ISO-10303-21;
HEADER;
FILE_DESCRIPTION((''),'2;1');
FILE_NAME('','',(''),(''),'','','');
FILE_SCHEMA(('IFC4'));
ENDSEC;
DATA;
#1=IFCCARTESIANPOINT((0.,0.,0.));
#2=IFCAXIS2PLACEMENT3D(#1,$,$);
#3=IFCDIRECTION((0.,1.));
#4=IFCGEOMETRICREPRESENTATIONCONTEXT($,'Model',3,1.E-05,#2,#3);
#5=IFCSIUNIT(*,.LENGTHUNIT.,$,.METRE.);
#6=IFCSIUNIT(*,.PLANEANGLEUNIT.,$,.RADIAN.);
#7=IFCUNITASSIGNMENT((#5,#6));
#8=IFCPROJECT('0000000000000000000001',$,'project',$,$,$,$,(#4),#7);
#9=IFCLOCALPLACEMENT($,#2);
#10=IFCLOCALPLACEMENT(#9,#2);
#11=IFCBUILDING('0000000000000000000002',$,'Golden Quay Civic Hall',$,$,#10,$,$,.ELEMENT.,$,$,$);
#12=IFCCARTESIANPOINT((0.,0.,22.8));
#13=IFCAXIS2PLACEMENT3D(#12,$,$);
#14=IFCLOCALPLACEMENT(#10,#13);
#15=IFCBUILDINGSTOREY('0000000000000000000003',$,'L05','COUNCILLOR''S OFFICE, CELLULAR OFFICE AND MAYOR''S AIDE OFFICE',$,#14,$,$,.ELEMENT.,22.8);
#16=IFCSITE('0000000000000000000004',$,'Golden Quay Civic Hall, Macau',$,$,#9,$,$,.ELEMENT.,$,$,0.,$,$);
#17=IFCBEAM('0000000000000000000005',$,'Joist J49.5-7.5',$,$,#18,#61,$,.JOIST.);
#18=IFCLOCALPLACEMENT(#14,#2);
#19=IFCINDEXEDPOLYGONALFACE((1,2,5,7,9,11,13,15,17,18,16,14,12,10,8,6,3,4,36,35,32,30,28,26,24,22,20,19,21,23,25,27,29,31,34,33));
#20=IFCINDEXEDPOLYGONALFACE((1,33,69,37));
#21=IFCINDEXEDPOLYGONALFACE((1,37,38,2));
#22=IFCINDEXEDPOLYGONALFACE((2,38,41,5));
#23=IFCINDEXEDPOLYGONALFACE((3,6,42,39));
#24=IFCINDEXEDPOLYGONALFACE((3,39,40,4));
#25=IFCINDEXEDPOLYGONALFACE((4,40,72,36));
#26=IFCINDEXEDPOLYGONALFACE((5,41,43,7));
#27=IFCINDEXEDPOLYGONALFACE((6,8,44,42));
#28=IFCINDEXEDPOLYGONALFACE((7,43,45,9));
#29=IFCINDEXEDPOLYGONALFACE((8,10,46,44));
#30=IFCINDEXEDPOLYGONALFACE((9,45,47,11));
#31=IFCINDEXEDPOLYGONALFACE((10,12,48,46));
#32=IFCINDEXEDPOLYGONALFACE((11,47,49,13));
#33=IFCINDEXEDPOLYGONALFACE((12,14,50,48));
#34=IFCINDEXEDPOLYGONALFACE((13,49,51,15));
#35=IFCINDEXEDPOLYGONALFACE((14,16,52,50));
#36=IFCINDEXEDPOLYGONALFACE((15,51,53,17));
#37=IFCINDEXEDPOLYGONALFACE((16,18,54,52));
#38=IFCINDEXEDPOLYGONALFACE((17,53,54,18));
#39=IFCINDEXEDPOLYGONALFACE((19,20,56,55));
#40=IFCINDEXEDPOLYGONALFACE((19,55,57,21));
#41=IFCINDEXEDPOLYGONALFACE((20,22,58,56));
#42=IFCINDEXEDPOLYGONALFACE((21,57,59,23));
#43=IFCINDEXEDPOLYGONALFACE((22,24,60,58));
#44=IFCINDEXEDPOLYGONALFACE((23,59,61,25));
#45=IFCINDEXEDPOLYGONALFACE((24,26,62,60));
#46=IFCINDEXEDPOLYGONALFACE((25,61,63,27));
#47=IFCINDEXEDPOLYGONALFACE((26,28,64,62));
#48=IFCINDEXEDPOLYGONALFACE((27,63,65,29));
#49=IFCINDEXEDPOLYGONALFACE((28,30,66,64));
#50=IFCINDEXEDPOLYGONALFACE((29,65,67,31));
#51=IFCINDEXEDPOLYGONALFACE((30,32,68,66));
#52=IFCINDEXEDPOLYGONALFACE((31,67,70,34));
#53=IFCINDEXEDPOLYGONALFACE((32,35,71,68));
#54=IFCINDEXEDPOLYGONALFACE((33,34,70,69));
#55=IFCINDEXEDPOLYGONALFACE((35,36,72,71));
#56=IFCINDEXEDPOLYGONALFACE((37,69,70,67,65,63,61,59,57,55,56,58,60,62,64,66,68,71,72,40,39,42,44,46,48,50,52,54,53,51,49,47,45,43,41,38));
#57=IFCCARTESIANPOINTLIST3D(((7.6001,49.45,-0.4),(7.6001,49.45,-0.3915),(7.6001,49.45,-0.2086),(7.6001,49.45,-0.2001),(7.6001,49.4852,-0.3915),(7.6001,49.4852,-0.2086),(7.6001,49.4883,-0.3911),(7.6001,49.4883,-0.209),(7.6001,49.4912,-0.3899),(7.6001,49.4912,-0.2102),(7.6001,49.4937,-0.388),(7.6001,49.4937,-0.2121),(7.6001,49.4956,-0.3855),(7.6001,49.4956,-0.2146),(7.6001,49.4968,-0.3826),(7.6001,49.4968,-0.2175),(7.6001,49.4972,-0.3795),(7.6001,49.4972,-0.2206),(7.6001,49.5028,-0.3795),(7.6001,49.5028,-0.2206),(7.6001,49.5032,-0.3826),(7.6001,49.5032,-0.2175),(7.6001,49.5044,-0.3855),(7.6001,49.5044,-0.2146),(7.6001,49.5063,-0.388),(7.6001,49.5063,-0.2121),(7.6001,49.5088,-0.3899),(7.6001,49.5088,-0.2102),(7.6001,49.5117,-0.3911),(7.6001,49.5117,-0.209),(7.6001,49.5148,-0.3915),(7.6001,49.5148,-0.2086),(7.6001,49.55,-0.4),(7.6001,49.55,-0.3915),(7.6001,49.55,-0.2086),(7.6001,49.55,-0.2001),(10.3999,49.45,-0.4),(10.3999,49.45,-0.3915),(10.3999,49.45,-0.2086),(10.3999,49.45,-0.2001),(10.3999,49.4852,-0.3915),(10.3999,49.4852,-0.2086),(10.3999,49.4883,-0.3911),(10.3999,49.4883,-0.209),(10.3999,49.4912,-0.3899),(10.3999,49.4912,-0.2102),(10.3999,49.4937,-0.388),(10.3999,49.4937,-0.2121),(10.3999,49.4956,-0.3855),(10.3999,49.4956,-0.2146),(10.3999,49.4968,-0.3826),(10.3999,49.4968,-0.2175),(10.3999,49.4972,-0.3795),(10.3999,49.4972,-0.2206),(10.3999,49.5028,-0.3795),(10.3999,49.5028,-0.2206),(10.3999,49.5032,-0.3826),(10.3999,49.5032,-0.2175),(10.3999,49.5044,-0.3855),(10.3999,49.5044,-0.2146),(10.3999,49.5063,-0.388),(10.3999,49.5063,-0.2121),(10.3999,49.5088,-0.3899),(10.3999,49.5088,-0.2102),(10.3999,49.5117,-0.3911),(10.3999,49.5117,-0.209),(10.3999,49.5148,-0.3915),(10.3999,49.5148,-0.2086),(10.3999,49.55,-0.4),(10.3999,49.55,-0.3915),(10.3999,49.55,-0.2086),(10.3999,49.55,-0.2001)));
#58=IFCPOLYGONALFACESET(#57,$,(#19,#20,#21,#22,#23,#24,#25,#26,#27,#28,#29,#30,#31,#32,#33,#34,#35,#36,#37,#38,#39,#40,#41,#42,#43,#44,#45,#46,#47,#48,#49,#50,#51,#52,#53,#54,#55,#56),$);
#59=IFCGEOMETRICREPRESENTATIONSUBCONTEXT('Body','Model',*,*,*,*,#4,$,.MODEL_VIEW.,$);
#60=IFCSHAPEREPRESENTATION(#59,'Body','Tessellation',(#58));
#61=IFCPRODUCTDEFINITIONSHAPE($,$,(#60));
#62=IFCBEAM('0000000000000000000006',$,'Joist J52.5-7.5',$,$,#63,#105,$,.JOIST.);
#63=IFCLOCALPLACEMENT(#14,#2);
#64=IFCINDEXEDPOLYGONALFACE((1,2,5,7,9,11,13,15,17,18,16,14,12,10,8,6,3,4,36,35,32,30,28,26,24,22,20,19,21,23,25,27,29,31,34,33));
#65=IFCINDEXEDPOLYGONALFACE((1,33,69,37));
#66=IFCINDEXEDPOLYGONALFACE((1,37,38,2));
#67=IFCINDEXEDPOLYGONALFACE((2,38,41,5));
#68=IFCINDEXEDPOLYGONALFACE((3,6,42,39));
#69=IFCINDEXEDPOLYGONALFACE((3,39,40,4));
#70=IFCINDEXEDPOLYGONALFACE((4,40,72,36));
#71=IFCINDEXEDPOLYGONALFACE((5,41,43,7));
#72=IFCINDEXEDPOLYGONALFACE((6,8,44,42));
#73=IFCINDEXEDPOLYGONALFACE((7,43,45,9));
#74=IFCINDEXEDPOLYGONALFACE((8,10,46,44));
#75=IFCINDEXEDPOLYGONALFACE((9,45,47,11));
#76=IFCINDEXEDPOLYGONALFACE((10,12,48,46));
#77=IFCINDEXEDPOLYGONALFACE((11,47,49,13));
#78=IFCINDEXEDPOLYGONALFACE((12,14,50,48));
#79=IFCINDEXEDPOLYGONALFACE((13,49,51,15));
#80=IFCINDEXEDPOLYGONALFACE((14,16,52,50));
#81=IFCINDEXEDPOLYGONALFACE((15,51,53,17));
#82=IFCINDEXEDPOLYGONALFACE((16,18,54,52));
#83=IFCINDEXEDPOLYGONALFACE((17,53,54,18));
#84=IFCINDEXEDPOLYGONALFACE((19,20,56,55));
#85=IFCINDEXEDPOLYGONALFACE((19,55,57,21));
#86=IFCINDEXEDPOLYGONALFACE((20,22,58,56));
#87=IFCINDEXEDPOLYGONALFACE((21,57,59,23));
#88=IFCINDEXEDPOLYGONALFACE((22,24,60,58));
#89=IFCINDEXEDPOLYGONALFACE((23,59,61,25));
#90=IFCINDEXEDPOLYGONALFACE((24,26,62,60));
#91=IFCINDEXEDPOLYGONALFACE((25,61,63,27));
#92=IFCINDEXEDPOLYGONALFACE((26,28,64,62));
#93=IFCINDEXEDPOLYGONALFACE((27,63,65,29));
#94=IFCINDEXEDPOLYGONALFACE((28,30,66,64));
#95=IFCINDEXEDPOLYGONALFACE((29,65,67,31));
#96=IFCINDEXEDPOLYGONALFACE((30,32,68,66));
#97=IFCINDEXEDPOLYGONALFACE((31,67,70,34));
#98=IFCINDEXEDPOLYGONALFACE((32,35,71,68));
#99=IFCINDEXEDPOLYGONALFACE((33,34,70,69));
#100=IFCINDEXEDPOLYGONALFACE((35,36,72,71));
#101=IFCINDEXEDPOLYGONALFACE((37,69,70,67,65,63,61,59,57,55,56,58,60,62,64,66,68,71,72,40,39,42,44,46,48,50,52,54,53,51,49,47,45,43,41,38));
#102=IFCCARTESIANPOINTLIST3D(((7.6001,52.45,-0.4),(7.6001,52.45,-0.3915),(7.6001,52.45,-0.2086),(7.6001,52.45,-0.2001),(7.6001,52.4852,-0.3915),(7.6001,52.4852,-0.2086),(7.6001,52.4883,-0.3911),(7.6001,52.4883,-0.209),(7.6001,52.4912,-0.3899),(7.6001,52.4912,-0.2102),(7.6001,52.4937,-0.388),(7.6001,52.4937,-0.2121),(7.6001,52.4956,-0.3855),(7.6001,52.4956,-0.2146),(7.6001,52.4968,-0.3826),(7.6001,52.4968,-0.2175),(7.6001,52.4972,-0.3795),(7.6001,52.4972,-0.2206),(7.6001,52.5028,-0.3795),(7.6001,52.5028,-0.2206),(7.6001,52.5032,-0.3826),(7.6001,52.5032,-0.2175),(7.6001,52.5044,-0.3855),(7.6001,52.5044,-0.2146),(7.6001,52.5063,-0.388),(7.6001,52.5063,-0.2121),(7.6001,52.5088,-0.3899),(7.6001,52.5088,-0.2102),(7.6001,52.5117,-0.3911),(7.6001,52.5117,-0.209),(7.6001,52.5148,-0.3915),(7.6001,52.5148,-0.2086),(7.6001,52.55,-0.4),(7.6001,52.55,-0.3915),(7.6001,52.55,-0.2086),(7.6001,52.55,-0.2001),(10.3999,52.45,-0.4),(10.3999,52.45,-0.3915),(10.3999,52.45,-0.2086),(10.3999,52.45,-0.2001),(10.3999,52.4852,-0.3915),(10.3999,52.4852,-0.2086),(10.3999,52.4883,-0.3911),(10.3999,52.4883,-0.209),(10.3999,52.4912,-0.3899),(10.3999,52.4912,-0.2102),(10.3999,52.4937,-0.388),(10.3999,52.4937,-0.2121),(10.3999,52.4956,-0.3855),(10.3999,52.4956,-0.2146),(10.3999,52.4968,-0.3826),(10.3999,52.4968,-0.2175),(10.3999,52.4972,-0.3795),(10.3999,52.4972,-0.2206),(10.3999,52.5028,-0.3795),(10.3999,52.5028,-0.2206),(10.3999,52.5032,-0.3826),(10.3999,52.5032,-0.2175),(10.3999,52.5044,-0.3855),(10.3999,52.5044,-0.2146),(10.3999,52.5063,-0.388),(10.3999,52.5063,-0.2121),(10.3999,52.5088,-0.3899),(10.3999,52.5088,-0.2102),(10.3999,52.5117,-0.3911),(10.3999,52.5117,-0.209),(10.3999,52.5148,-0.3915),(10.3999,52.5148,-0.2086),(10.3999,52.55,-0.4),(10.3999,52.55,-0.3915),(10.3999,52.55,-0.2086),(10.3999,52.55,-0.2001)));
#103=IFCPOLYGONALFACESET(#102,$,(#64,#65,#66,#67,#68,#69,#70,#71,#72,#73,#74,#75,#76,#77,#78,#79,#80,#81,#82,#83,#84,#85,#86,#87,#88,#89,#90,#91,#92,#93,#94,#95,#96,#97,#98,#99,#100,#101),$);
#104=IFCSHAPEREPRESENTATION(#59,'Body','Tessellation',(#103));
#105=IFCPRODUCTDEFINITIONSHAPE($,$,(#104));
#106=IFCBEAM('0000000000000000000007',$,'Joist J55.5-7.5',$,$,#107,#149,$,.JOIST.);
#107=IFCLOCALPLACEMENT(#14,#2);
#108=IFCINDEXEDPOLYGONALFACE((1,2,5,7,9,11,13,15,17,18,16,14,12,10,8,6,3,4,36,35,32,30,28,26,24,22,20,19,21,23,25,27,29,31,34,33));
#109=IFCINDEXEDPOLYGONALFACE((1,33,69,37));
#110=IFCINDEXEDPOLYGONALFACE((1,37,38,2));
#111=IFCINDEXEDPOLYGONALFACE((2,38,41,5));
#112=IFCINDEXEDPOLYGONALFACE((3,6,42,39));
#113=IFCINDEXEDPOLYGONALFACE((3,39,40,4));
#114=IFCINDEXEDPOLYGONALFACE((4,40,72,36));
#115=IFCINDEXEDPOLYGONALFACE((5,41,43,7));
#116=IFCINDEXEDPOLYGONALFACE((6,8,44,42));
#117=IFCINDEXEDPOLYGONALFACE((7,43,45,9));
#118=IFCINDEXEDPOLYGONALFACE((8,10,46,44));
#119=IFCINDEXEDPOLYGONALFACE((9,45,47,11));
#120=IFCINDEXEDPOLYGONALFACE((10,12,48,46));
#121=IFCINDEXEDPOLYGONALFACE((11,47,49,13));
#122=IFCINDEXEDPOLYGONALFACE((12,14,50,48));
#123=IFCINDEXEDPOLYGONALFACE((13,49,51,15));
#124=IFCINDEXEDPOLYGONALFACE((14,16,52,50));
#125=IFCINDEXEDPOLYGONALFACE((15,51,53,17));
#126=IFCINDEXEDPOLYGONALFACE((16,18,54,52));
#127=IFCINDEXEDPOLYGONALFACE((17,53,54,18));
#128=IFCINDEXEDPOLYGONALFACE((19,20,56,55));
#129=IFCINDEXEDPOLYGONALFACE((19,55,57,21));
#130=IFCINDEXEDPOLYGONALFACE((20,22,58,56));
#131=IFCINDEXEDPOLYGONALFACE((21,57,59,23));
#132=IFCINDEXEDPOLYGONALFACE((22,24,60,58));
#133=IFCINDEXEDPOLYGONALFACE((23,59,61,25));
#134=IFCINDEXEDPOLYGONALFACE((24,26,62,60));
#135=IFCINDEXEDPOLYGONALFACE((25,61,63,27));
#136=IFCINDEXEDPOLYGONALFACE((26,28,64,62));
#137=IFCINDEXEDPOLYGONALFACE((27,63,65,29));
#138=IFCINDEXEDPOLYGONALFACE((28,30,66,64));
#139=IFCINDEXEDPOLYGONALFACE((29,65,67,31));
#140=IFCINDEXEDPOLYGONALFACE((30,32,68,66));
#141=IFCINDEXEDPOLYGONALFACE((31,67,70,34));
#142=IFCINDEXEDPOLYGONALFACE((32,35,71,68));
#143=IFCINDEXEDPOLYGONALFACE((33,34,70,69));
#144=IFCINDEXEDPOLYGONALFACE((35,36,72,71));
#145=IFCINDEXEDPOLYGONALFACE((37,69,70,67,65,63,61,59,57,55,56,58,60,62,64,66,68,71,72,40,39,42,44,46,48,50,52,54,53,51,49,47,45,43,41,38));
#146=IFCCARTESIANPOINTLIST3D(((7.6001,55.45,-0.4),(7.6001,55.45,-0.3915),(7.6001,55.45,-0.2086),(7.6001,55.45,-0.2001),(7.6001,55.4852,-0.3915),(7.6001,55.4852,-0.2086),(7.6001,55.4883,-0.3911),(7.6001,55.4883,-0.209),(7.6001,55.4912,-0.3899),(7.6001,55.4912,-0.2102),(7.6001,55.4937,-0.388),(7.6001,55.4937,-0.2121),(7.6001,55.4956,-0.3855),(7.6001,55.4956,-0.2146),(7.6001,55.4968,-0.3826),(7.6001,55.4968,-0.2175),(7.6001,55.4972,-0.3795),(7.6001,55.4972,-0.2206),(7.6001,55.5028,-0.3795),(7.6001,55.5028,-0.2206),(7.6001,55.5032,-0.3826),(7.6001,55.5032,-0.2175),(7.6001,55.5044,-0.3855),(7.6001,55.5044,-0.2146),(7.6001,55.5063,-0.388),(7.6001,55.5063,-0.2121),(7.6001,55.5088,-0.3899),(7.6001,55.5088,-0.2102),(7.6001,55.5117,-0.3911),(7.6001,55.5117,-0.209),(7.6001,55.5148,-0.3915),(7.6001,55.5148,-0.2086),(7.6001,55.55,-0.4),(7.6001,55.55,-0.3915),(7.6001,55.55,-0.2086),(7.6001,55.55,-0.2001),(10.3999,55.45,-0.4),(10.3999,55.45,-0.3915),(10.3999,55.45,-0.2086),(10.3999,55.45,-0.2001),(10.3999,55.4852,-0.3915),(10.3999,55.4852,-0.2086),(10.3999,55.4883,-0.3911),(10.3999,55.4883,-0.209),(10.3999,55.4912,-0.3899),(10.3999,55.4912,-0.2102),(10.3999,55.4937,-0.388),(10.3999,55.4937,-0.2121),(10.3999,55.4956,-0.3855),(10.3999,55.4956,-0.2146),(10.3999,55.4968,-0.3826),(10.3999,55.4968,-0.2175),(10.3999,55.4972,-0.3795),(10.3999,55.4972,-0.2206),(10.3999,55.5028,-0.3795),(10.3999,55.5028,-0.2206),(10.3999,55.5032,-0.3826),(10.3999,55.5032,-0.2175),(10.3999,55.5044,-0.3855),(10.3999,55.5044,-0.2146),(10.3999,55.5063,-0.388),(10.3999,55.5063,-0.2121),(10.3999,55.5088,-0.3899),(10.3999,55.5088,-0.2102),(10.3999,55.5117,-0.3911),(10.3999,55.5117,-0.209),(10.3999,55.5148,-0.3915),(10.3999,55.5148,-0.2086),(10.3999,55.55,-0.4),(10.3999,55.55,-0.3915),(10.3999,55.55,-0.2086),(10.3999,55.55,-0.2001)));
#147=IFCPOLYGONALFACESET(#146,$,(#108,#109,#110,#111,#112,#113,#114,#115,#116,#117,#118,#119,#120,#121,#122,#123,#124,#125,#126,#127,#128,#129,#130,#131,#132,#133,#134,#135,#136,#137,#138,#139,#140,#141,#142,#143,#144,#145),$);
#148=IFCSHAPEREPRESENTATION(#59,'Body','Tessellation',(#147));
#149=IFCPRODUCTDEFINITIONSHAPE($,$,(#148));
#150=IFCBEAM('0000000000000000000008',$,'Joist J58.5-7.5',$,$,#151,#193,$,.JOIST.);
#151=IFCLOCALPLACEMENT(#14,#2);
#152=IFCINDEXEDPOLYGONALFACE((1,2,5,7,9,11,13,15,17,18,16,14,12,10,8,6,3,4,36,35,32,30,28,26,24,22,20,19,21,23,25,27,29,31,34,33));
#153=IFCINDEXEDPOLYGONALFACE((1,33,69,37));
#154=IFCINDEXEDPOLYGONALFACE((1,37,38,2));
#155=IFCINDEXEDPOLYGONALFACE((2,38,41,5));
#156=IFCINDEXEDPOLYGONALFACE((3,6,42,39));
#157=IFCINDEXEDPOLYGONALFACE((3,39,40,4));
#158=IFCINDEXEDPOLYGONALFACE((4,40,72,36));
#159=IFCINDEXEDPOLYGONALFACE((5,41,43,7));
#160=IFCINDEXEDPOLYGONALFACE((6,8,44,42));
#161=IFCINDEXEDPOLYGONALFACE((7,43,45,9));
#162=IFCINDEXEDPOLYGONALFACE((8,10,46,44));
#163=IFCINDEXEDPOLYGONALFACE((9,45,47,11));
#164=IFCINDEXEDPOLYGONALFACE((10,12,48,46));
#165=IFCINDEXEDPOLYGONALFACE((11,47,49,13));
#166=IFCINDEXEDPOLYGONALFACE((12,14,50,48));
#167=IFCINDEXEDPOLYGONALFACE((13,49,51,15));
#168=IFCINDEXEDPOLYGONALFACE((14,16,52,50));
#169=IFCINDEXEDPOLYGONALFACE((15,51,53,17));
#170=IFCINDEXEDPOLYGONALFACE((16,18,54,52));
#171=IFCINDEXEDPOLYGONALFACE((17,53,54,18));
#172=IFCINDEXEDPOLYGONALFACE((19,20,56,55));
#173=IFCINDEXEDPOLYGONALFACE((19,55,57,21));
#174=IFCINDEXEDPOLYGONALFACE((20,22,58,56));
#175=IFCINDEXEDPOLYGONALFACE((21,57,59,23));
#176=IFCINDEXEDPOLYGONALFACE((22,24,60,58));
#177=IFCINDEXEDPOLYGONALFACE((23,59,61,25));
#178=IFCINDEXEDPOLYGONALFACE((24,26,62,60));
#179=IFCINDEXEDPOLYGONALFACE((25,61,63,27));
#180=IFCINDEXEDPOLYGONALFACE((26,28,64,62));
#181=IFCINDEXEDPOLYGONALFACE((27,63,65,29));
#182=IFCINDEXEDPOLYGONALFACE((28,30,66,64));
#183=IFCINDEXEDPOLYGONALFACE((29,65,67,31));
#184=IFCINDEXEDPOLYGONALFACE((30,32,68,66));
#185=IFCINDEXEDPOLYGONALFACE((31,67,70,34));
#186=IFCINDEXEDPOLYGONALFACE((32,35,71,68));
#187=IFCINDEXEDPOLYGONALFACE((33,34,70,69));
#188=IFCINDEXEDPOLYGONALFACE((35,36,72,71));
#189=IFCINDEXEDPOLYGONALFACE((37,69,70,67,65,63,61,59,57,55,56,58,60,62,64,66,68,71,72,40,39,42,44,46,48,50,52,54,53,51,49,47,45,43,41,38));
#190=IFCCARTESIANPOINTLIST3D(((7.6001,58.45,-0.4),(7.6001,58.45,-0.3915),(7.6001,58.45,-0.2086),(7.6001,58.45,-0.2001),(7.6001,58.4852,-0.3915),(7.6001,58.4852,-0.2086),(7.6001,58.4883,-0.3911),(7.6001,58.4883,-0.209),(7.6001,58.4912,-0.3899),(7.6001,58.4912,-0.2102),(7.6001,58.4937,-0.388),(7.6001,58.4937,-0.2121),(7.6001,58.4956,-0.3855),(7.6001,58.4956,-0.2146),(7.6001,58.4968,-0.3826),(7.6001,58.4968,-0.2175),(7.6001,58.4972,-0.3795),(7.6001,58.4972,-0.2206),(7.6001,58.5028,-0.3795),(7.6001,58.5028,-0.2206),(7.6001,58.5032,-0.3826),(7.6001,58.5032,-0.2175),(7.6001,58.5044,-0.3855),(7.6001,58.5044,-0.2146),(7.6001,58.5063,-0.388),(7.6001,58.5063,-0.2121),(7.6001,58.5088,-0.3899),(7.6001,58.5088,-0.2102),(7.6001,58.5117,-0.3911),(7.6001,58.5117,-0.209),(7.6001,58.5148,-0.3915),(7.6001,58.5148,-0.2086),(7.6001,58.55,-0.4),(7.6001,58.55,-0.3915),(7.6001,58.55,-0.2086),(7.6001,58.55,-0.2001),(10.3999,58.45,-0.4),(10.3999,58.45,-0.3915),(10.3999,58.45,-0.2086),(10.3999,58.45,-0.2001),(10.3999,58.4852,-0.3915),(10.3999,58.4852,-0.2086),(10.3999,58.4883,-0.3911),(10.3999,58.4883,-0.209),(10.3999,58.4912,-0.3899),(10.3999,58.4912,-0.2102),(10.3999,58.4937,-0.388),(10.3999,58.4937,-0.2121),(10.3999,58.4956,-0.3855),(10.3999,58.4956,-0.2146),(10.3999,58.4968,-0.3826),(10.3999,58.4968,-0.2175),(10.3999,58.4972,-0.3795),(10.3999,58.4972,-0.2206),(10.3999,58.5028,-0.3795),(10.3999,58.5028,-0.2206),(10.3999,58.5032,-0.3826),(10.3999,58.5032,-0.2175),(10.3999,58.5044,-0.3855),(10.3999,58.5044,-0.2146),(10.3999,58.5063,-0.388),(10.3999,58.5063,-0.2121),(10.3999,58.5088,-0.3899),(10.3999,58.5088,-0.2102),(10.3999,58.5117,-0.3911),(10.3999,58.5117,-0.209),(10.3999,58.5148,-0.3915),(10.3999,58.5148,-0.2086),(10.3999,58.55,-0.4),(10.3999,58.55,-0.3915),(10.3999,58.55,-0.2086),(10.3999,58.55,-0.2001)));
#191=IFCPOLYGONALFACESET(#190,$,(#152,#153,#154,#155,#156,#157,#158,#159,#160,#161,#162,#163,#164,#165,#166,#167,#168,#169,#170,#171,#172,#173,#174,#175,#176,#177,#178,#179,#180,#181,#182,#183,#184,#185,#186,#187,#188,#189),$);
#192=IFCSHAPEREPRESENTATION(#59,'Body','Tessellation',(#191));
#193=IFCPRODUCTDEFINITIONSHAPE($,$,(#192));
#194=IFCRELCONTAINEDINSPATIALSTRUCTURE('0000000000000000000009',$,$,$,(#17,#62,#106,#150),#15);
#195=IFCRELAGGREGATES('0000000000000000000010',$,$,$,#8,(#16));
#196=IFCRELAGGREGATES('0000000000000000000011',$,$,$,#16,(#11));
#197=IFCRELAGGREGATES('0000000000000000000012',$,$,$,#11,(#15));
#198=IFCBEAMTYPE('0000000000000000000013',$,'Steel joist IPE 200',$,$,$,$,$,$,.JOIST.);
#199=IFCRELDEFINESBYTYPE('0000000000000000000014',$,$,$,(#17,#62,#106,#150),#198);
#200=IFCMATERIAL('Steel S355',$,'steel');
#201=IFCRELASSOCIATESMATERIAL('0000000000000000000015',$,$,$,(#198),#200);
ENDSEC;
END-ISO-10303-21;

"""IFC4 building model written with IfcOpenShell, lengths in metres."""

from ifc_helpers import new_model, si_unit, direction, frame, origin, origin_2d, place, context, subcontext, project, spatial, i_section, extrude, material, material_profile, profile_set, type_object, element, save


model = new_model("IFC4")

# Units and contexts
model_context = context("Model", 3, precision=1e-05, world=origin(), true_north=direction((0.0, 1.0)))
body_context = subcontext(model_context, "Body", "Model", "MODEL_VIEW")
ifc_project = project(units=[si_unit("LENGTHUNIT", "METRE"), si_unit("PLANEANGLEUNIT", "RADIAN")], contexts=[model_context])

# Site, building, storey
site_placement = place(None, origin())
site = spatial("IfcSite", under=ifc_project, at=site_placement, Name="Golden Quay Civic Hall, Macau", CompositionType="ELEMENT", RefElevation=0.0)
building_placement = place(site_placement, origin())
building = spatial("IfcBuilding", under=site, at=building_placement, Name="Golden Quay Civic Hall", CompositionType="ELEMENT")
storey_placement = place(building_placement, frame((0.0, 0.0, 22.8)))
storey = spatial("IfcBuildingStorey", under=building, at=storey_placement, Name="L05", Description="COUNCILLOR'S OFFICE, CELLULAR OFFICE AND MAYOR'S AIDE OFFICE", CompositionType="ELEMENT", Elevation=22.8)

# Beams
ifc_material_1 = material(Name="Steel S355", Category="steel")
ifc_material_profile_1 = material_profile(ifc_material_1, i_section(OverallWidth=0.1001, OverallDepth=0.2, WebThickness=0.0056, FlangeThickness=0.0085, FilletRadius=0.012, at=origin_2d()), Name="IPE 200")
ifc_profile_set_1 = profile_set([ifc_material_profile_1], Name="Steel S355")
beam_type_1 = type_object("IfcBeamType", Name="Steel joist IPE 200", PredefinedType="JOIST", material=ifc_profile_set_1)
for number, where, z_axis, x_axis, name in (
    (1, (7.6001, 49.5, -0.3), (1.0, 0.0, 0.0), (0.0, 1.0, 0.0), "Joist J49.5-7.5"),
    (2, (7.6001, 52.5, -0.3), (1.0, 0.0, 0.0), (0.0, 1.0, 0.0), "Joist J52.5-7.5"),
    (3, (7.6001, 55.5, -0.3), (1.0, 0.0, 0.0), (0.0, 1.0, 0.0), "Joist J55.5-7.5"),
    (4, (7.6001, 58.5, -0.3), (1.0, 0.0, 0.0), (0.0, 1.0, 0.0), "Joist J58.5-7.5"),
):
    element("IfcBeam", number, at=place(storey_placement, frame(where, z_axis=z_axis, x_axis=x_axis)), inside=storey, type_object=beam_type_1, Name=name, PredefinedType="JOIST", context=body_context, shape_type="SweptSolid", body=[
        extrude(i_section(OverallWidth=0.1001, OverallDepth=0.2, WebThickness=0.0056, FlangeThickness=0.0085, FilletRadius=0.012, at=origin_2d()), origin(), (0.0, 0.0, 1.0), 2.7998),
    ])

save(model, "model.ifc")
